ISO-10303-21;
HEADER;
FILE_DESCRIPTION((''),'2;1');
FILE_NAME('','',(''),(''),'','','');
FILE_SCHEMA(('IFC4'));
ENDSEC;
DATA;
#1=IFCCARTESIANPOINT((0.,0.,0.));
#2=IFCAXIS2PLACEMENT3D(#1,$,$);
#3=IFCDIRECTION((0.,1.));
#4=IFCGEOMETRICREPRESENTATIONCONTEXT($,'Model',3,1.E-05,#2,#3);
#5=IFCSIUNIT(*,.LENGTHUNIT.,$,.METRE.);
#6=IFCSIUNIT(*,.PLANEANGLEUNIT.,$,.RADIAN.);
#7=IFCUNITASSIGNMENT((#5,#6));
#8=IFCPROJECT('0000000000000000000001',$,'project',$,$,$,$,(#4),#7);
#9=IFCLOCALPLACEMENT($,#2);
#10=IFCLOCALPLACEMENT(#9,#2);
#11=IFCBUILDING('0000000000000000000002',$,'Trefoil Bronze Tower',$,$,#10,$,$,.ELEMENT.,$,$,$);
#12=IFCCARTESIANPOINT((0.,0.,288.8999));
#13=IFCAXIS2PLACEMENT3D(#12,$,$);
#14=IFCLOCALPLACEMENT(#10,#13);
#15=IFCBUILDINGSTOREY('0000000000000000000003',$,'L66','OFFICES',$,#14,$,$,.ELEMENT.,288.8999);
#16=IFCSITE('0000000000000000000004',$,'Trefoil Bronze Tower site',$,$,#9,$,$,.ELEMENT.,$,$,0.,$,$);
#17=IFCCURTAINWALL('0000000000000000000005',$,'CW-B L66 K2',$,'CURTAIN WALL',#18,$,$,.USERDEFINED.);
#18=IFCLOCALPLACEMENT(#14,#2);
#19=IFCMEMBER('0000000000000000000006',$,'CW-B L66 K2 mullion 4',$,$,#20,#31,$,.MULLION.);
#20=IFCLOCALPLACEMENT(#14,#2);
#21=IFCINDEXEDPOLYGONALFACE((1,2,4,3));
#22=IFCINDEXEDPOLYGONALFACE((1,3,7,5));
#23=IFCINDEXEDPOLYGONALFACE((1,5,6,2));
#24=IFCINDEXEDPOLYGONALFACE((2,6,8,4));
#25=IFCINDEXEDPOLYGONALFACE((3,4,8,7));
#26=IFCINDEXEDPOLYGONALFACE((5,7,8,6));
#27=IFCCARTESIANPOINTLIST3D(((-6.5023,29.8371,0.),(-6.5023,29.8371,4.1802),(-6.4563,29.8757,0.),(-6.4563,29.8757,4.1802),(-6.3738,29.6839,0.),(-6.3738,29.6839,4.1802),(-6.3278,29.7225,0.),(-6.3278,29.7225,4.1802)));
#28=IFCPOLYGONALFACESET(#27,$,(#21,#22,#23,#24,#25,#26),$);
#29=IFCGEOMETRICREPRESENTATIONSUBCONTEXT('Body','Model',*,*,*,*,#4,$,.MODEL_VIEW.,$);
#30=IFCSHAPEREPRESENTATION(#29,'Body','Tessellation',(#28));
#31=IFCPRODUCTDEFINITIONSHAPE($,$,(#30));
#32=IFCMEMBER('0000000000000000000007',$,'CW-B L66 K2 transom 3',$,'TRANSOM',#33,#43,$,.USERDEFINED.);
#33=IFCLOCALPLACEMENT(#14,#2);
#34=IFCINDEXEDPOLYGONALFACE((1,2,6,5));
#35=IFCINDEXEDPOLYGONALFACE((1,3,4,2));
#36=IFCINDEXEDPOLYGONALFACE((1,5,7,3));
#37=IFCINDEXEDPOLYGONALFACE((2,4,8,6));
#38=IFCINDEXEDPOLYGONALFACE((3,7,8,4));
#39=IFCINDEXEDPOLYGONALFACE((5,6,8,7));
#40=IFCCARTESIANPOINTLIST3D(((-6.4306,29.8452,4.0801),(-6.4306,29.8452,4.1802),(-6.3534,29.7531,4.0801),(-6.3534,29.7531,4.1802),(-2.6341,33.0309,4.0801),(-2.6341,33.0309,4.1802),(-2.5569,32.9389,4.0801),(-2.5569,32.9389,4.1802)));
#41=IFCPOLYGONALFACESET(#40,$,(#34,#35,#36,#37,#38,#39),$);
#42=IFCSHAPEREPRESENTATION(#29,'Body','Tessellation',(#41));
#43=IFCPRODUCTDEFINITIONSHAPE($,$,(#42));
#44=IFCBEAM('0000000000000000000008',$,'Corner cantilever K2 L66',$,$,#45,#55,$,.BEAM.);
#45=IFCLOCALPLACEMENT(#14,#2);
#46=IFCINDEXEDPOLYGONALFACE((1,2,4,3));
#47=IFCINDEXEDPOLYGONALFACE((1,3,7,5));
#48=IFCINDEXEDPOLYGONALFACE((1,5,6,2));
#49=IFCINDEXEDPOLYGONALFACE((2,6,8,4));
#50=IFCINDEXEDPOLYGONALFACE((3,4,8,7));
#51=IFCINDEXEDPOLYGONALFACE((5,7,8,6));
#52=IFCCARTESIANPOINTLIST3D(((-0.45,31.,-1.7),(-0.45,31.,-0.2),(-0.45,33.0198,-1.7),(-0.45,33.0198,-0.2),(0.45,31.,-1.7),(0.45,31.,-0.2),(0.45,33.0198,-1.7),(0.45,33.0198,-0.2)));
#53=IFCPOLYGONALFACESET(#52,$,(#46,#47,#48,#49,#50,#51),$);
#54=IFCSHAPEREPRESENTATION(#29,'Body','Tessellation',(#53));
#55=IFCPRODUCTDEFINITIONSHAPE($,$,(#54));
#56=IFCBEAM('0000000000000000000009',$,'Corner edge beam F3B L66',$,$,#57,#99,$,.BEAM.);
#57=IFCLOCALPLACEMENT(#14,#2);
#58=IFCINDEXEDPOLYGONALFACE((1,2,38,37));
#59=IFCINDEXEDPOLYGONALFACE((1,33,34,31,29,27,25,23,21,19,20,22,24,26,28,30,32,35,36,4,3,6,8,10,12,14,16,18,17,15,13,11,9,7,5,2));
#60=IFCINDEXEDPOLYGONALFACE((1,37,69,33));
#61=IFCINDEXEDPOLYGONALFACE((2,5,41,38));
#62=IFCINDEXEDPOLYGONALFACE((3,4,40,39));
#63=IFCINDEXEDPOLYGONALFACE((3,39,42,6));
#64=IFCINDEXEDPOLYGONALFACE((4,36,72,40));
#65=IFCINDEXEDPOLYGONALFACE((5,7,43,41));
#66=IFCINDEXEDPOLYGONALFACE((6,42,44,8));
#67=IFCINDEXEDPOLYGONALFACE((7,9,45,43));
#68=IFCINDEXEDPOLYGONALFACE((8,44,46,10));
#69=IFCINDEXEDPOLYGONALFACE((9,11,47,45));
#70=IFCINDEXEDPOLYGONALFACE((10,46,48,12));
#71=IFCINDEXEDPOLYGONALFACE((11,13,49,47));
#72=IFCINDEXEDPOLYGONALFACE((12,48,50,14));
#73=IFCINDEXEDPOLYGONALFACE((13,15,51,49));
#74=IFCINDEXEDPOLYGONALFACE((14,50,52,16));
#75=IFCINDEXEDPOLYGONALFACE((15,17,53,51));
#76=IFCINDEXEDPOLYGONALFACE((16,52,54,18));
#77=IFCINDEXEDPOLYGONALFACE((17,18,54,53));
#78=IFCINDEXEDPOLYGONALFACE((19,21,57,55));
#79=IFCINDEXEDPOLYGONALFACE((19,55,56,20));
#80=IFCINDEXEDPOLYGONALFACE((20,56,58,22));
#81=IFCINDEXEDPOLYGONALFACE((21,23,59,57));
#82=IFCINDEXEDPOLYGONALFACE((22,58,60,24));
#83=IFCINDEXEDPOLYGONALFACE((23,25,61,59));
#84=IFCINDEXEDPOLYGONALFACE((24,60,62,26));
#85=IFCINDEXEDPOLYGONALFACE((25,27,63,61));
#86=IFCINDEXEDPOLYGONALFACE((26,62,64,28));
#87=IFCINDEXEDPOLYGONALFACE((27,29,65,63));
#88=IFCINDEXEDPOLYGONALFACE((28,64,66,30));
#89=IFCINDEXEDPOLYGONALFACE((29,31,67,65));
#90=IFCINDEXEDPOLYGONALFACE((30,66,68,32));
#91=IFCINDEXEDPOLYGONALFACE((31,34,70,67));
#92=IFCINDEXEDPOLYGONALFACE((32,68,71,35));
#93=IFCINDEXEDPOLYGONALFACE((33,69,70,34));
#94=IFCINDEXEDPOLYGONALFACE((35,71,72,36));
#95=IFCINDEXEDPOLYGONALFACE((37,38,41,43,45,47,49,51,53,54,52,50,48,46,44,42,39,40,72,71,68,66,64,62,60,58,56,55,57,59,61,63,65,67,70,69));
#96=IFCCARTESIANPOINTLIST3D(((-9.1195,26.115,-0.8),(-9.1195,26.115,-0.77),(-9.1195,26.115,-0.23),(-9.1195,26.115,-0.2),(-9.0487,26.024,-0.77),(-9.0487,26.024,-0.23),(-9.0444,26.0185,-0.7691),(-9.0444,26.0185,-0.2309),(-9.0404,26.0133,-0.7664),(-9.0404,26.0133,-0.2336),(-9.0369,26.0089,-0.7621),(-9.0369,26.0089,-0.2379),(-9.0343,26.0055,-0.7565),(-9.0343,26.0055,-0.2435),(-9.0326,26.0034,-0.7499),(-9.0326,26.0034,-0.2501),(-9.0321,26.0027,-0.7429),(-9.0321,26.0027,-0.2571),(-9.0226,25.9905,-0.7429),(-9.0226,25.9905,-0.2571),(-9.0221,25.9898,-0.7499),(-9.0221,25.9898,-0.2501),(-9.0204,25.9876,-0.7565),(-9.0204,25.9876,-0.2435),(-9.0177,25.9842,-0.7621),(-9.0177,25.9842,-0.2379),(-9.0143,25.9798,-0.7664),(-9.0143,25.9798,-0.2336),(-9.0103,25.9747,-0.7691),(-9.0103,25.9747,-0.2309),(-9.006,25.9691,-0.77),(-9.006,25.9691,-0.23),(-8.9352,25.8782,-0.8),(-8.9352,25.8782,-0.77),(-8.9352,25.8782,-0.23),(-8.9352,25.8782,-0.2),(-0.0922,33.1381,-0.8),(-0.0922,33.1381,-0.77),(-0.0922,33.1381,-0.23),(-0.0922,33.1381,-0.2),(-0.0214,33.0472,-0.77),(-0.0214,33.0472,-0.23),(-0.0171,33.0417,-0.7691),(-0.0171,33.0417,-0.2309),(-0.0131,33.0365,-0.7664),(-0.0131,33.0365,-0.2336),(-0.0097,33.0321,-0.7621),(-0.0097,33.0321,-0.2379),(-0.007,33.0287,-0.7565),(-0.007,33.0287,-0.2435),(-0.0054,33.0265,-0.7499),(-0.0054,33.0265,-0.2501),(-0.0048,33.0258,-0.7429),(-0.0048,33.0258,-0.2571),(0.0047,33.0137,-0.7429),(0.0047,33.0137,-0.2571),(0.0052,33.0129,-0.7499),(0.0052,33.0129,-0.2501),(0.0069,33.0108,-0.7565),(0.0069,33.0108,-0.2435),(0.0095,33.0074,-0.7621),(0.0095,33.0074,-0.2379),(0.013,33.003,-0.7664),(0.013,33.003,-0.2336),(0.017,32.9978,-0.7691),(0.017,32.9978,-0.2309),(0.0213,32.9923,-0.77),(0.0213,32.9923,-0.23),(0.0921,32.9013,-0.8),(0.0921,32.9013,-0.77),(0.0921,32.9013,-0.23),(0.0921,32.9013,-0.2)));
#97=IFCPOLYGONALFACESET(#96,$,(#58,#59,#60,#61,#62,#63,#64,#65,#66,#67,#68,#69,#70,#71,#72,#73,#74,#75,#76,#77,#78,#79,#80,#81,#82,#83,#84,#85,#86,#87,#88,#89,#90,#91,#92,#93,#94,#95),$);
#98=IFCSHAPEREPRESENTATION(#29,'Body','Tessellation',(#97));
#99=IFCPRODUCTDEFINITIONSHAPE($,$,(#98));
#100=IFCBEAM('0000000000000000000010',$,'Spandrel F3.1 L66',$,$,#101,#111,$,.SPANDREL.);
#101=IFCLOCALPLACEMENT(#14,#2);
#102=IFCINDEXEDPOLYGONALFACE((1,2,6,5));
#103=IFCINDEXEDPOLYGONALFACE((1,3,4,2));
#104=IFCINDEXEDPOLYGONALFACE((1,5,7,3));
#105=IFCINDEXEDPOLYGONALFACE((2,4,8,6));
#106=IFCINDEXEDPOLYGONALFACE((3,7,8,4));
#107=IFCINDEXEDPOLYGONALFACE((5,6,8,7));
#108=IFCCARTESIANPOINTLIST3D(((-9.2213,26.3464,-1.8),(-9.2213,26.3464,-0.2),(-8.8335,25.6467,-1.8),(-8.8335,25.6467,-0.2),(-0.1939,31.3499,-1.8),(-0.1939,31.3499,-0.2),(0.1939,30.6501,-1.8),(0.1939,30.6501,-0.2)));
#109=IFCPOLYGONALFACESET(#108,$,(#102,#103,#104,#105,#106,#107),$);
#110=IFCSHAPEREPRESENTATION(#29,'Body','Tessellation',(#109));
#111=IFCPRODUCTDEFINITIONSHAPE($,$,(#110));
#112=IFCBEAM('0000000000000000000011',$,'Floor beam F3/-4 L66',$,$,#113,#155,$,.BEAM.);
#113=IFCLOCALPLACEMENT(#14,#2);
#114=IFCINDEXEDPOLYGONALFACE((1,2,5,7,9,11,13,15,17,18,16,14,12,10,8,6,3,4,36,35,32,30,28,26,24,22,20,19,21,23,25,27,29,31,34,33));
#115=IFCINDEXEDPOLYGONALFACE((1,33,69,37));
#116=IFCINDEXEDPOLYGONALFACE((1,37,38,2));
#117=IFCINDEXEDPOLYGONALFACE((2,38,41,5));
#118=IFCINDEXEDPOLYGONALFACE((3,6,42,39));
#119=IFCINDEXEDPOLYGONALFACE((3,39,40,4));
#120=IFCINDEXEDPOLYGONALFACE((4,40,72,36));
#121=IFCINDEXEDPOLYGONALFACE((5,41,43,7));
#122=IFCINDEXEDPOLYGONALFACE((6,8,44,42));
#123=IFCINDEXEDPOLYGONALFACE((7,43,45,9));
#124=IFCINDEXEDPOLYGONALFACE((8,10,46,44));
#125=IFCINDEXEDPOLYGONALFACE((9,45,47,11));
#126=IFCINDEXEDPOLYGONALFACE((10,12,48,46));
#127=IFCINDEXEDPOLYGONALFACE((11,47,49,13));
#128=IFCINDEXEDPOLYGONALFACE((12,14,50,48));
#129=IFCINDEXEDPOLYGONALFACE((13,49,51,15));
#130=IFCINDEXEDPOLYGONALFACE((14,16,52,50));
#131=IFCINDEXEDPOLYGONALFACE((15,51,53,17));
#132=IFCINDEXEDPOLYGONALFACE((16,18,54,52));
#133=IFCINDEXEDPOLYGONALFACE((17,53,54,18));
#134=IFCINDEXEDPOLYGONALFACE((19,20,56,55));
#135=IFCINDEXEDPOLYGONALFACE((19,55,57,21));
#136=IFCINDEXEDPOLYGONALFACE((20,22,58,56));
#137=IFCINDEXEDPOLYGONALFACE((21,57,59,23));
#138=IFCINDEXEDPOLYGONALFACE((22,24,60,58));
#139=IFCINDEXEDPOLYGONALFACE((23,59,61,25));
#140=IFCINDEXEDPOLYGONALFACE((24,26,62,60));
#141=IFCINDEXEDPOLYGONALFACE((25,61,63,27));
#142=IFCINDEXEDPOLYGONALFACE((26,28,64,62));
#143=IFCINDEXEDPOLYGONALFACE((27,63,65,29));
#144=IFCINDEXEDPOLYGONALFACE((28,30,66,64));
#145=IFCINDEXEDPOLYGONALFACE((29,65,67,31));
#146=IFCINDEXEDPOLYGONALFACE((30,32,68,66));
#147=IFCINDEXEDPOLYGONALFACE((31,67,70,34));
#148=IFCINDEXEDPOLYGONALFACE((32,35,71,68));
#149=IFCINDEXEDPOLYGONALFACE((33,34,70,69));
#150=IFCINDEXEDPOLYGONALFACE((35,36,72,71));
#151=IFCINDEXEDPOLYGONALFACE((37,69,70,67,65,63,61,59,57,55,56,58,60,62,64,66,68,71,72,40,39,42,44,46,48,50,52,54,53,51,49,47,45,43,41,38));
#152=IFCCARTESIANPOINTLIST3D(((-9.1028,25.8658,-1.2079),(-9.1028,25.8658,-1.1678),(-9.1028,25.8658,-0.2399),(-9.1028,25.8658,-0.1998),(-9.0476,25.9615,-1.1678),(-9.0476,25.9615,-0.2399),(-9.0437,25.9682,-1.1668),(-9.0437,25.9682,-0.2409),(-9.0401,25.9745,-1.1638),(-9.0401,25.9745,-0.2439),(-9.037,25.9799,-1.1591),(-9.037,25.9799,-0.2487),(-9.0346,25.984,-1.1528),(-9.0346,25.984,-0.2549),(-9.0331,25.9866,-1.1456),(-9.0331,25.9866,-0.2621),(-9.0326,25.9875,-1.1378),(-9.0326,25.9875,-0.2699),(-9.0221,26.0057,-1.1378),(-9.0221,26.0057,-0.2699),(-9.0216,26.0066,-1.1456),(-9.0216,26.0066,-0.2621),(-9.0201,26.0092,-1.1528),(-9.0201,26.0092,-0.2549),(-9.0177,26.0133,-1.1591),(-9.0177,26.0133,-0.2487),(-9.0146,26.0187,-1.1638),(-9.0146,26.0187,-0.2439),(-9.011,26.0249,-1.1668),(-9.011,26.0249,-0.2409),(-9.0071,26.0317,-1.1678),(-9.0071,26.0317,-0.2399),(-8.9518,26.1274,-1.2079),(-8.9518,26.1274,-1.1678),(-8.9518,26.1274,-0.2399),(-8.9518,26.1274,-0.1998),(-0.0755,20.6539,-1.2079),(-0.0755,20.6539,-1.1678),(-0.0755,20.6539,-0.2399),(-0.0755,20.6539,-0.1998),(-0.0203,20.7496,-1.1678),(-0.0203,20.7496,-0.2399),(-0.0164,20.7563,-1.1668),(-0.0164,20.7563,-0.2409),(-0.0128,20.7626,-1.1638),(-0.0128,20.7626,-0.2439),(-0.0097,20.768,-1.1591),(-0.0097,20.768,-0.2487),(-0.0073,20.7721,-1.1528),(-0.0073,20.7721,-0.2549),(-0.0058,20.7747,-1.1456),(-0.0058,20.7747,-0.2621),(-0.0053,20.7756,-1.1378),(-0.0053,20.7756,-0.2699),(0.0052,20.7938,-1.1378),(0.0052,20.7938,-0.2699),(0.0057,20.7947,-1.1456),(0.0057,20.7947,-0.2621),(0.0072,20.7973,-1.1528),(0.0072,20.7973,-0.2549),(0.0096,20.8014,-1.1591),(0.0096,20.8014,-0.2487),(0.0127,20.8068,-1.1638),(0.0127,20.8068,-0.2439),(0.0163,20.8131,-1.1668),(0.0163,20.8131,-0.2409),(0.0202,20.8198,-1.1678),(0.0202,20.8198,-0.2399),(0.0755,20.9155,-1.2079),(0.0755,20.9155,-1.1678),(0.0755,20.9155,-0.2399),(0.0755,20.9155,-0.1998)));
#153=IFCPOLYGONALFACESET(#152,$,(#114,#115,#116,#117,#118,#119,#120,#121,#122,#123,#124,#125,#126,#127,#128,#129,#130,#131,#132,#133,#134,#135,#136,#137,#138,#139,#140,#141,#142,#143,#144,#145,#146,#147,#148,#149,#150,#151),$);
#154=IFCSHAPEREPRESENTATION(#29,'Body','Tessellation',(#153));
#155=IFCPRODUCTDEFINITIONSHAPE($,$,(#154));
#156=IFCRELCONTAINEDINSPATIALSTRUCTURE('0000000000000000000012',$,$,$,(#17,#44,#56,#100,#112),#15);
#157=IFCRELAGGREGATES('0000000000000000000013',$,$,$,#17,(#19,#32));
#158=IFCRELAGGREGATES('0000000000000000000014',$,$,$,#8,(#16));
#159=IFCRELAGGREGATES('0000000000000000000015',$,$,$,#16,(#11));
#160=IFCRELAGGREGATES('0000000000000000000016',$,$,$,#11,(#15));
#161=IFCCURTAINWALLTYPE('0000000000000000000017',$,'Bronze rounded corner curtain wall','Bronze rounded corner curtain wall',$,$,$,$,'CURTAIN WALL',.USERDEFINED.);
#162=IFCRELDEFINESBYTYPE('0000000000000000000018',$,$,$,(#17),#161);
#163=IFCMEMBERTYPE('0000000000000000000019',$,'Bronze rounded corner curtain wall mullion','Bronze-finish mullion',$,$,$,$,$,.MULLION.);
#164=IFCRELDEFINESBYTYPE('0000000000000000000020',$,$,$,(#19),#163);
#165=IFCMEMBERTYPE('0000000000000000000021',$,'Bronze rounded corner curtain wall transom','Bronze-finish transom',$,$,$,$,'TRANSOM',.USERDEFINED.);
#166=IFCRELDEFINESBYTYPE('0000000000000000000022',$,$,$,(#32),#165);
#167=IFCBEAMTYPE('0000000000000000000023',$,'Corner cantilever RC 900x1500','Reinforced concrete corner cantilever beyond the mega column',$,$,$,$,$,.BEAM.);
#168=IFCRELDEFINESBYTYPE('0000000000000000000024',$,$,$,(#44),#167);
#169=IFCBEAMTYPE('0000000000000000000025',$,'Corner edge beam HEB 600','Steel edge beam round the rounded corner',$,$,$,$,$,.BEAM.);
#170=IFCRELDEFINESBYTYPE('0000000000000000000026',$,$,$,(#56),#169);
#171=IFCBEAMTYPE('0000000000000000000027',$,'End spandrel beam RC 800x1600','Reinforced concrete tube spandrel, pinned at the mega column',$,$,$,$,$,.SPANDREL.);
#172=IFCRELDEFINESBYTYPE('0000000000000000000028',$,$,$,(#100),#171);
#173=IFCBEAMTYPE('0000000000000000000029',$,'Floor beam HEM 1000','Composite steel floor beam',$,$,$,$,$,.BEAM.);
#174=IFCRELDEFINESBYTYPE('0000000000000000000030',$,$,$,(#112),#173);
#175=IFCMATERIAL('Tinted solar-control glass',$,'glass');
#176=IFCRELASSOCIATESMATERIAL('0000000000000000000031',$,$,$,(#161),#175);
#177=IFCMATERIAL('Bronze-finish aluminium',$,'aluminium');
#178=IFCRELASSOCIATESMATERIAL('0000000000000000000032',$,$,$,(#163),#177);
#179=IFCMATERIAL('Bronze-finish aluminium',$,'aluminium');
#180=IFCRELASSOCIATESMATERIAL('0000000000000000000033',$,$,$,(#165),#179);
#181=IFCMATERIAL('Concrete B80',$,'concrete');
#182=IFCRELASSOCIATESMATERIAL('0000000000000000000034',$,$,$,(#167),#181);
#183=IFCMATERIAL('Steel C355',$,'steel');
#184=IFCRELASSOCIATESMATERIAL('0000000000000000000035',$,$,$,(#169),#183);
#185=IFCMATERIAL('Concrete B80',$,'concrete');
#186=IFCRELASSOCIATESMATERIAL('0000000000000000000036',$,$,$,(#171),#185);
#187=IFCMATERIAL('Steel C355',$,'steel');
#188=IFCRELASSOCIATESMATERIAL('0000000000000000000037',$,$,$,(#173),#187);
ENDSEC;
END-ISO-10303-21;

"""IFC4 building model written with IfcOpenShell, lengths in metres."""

from ifc_helpers import new_model, si_unit, direction, frame, origin, origin_2d, place, context, subcontext, project, spatial, rectangle, i_section, extrude, material, material_profile, profile_set, type_object, element, aggregate, save


model = new_model("IFC4")

# Units and contexts
model_context = context("Model", 3, precision=1e-05, world=origin(), true_north=direction((0.0, 1.0)))
body_context = subcontext(model_context, "Body", "Model", "MODEL_VIEW")
ifc_project = project(units=[si_unit("LENGTHUNIT", "METRE"), si_unit("PLANEANGLEUNIT", "RADIAN")], contexts=[model_context])

# Site, building, storey
site_placement = place(None, origin())
site = spatial("IfcSite", under=ifc_project, at=site_placement, Name="Trefoil Bronze Tower site", CompositionType="ELEMENT", RefElevation=0.0)
building_placement = place(site_placement, origin())
building = spatial("IfcBuilding", under=site, at=building_placement, Name="Trefoil Bronze Tower", CompositionType="ELEMENT")
storey_placement = place(building_placement, frame((0.0, 0.0, 288.8999)))
storey = spatial("IfcBuildingStorey", under=building, at=storey_placement, Name="L66", Description="OFFICES", CompositionType="ELEMENT", Elevation=288.8999)

# Curtain wall, members
ifc_material_1 = material(Name="Tinted solar-control glass", Category="glass")
curtain_wall_type_1 = type_object("IfcCurtainWallType", Name="Bronze rounded corner curtain wall", Description="Bronze rounded corner curtain wall", ElementType="CURTAIN WALL", PredefinedType="USERDEFINED", material=ifc_material_1)
curtain_wall_1_placement = place(storey_placement, origin())
curtain_wall_1 = element("IfcCurtainWall", 1, at=curtain_wall_1_placement, inside=storey, type_object=curtain_wall_type_1, Name="CW-B L66 K2", ObjectType="CURTAIN WALL", PredefinedType="USERDEFINED")
ifc_material_2 = material(Name="Bronze-finish aluminium", Category="aluminium")
ifc_material_profile_1 = material_profile(ifc_material_2, rectangle(XDim=0.2, YDim=0.0601, at=origin_2d()), Name="CW-B mullion")
ifc_profile_set_1 = profile_set([ifc_material_profile_1], Name="Bronze-finish aluminium")
member_type_1 = type_object("IfcMemberType", Name="Bronze rounded corner curtain wall mullion", Description="Bronze-finish mullion", PredefinedType="MULLION", material=ifc_profile_set_1)
member_1_placement = place(storey_placement, frame((-6.415, 29.7798, 0.0), z_axis=(0.0, 0.0, 1.0), x_axis=(0.642788, -0.766044, 0.0)))
member_1 = element("IfcMember", 2, at=member_1_placement, type_object=member_type_1, Name="CW-B L66 K2 mullion 4", PredefinedType="MULLION", context=body_context, shape_type="SweptSolid", body=[
    extrude(rectangle(XDim=0.2, YDim=0.0601, at=origin_2d()), origin(), (0.0, 0.0, 1.0), 4.1802),
])
ifc_material_3 = material(Name="Bronze-finish aluminium", Category="aluminium")
ifc_material_profile_2 = material_profile(ifc_material_3, rectangle(XDim=0.1201, YDim=0.1001, at=origin_2d()), Name="CW-B transom")
ifc_profile_set_2 = profile_set([ifc_material_profile_2], Name="Bronze-finish aluminium")
member_type_2 = type_object("IfcMemberType", Name="Bronze rounded corner curtain wall transom", Description="Bronze-finish transom", ElementType="TRANSOM", PredefinedType="USERDEFINED", material=ifc_profile_set_2)
member_2_placement = place(storey_placement, frame((-2.5955, 32.9849, 4.1301), z_axis=(-0.766041, -0.642792, 0.0), x_axis=(0.642792, -0.766041, 0.0)))
member_2 = element("IfcMember", 3, at=member_2_placement, type_object=member_type_2, Name="CW-B L66 K2 transom 3", ObjectType="TRANSOM", PredefinedType="USERDEFINED", context=body_context, shape_type="SweptSolid", body=[
    extrude(rectangle(XDim=0.1201, YDim=0.1001, at=origin_2d()), origin(), (0.0, 0.0, 1.0), 4.9561),
])

# Beams
ifc_material_4 = material(Name="Concrete B80", Category="concrete")
ifc_material_profile_3 = material_profile(ifc_material_4, rectangle(XDim=0.8999, YDim=1.5, at=origin_2d()), Name="RC 900x1500")
ifc_profile_set_3 = profile_set([ifc_material_profile_3], Name="Concrete B80")
beam_type_1 = type_object("IfcBeamType", Name="Corner cantilever RC 900x1500", Description="Reinforced concrete corner cantilever beyond the mega column", PredefinedType="BEAM", material=ifc_profile_set_3)
beam_1_placement = place(storey_placement, frame((0.0, 31.0, -0.95), z_axis=(0.0, 1.0, 0.0), x_axis=(-1.0, 0.0, 0.0)))
element("IfcBeam", 4, at=beam_1_placement, inside=storey, type_object=beam_type_1, Name="Corner cantilever K2 L66", PredefinedType="BEAM", context=body_context, shape_type="SweptSolid", body=[
    extrude(rectangle(XDim=0.8999, YDim=1.5, at=origin_2d()), origin(), (0.0, 0.0, 1.0), 2.0198),
])
ifc_material_5 = material(Name="Steel C355", Category="steel")
ifc_material_profile_4 = material_profile(ifc_material_5, i_section(OverallWidth=0.3, OverallDepth=0.6001, WebThickness=0.0154, FlangeThickness=0.03, FilletRadius=0.0271, at=origin_2d()), Name="HEB 600")
ifc_profile_set_4 = profile_set([ifc_material_profile_4], Name="Steel C355")
beam_type_2 = type_object("IfcBeamType", Name="Corner edge beam HEB 600", Description="Steel edge beam round the rounded corner", PredefinedType="BEAM", material=ifc_profile_set_4)
beam_2_placement = place(storey_placement, frame((-9.0273, 25.9966, -0.5), z_axis=(0.789271, 0.614046, 0.0), x_axis=(-0.614046, 0.789271, 0.0)))
element("IfcBeam", 5, at=beam_2_placement, inside=storey, type_object=beam_type_2, Name="Corner edge beam F3B L66", PredefinedType="BEAM", context=body_context, shape_type="SweptSolid", body=[
    extrude(i_section(OverallWidth=0.3, OverallDepth=0.6001, WebThickness=0.0154, FlangeThickness=0.03, FilletRadius=0.0271, at=origin_2d()), origin(), (0.0, 0.0, 1.0), 11.4375),
])
ifc_material_6 = material(Name="Concrete B80", Category="concrete")
ifc_material_profile_5 = material_profile(ifc_material_6, rectangle(XDim=0.8, YDim=1.6001, at=origin_2d()), Name="RC 800x1600")
ifc_profile_set_5 = profile_set([ifc_material_profile_5], Name="Concrete B80")
beam_type_3 = type_object("IfcBeamType", Name="End spandrel beam RC 800x1600", Description="Reinforced concrete tube spandrel, pinned at the mega column", PredefinedType="SPANDREL", material=ifc_profile_set_5)
beam_3_placement = place(storey_placement, frame((0.0, 31.0, -1.0), z_axis=(-0.874641, -0.484771, 0.0), x_axis=(0.484771, -0.874641, 0.0)))
element("IfcBeam", 6, at=beam_3_placement, inside=storey, type_object=beam_type_3, Name="Spandrel F3.1 L66", PredefinedType="SPANDREL", context=body_context, shape_type="SweptSolid", body=[
    extrude(rectangle(XDim=0.8, YDim=1.6001, at=origin_2d()), origin(), (0.0, 0.0, 1.0), 10.3213),
])
ifc_material_7 = material(Name="Steel C355", Category="steel")
ifc_material_profile_6 = material_profile(ifc_material_7, i_section(OverallWidth=0.302, OverallDepth=1.0081, WebThickness=0.021, FlangeThickness=0.04, FilletRadius=0.03, at=origin_2d()), Name="HEM 1000")
ifc_profile_set_6 = profile_set([ifc_material_profile_6], Name="Steel C355")
beam_type_4 = type_object("IfcBeamType", Name="Floor beam HEM 1000", Description="Composite steel floor beam", PredefinedType="BEAM", material=ifc_profile_set_6)
beam_4_placement = place(storey_placement, frame((-9.0273, 25.9966, -0.7039), z_axis=(0.866026, -0.499998, 0.0), x_axis=(0.499998, 0.866026, 0.0)))
element("IfcBeam", 7, at=beam_4_placement, inside=storey, type_object=beam_type_4, Name="Floor beam F3/-4 L66", PredefinedType="BEAM", context=body_context, shape_type="SweptSolid", body=[
    extrude(i_section(OverallWidth=0.302, OverallDepth=1.0081, WebThickness=0.021, FlangeThickness=0.04, FilletRadius=0.03, at=origin_2d()), origin(), (0.0, 0.0, 1.0), 10.4238),
])

aggregate(curtain_wall_1, [member_1, member_2])

save(model, "model.ifc")
